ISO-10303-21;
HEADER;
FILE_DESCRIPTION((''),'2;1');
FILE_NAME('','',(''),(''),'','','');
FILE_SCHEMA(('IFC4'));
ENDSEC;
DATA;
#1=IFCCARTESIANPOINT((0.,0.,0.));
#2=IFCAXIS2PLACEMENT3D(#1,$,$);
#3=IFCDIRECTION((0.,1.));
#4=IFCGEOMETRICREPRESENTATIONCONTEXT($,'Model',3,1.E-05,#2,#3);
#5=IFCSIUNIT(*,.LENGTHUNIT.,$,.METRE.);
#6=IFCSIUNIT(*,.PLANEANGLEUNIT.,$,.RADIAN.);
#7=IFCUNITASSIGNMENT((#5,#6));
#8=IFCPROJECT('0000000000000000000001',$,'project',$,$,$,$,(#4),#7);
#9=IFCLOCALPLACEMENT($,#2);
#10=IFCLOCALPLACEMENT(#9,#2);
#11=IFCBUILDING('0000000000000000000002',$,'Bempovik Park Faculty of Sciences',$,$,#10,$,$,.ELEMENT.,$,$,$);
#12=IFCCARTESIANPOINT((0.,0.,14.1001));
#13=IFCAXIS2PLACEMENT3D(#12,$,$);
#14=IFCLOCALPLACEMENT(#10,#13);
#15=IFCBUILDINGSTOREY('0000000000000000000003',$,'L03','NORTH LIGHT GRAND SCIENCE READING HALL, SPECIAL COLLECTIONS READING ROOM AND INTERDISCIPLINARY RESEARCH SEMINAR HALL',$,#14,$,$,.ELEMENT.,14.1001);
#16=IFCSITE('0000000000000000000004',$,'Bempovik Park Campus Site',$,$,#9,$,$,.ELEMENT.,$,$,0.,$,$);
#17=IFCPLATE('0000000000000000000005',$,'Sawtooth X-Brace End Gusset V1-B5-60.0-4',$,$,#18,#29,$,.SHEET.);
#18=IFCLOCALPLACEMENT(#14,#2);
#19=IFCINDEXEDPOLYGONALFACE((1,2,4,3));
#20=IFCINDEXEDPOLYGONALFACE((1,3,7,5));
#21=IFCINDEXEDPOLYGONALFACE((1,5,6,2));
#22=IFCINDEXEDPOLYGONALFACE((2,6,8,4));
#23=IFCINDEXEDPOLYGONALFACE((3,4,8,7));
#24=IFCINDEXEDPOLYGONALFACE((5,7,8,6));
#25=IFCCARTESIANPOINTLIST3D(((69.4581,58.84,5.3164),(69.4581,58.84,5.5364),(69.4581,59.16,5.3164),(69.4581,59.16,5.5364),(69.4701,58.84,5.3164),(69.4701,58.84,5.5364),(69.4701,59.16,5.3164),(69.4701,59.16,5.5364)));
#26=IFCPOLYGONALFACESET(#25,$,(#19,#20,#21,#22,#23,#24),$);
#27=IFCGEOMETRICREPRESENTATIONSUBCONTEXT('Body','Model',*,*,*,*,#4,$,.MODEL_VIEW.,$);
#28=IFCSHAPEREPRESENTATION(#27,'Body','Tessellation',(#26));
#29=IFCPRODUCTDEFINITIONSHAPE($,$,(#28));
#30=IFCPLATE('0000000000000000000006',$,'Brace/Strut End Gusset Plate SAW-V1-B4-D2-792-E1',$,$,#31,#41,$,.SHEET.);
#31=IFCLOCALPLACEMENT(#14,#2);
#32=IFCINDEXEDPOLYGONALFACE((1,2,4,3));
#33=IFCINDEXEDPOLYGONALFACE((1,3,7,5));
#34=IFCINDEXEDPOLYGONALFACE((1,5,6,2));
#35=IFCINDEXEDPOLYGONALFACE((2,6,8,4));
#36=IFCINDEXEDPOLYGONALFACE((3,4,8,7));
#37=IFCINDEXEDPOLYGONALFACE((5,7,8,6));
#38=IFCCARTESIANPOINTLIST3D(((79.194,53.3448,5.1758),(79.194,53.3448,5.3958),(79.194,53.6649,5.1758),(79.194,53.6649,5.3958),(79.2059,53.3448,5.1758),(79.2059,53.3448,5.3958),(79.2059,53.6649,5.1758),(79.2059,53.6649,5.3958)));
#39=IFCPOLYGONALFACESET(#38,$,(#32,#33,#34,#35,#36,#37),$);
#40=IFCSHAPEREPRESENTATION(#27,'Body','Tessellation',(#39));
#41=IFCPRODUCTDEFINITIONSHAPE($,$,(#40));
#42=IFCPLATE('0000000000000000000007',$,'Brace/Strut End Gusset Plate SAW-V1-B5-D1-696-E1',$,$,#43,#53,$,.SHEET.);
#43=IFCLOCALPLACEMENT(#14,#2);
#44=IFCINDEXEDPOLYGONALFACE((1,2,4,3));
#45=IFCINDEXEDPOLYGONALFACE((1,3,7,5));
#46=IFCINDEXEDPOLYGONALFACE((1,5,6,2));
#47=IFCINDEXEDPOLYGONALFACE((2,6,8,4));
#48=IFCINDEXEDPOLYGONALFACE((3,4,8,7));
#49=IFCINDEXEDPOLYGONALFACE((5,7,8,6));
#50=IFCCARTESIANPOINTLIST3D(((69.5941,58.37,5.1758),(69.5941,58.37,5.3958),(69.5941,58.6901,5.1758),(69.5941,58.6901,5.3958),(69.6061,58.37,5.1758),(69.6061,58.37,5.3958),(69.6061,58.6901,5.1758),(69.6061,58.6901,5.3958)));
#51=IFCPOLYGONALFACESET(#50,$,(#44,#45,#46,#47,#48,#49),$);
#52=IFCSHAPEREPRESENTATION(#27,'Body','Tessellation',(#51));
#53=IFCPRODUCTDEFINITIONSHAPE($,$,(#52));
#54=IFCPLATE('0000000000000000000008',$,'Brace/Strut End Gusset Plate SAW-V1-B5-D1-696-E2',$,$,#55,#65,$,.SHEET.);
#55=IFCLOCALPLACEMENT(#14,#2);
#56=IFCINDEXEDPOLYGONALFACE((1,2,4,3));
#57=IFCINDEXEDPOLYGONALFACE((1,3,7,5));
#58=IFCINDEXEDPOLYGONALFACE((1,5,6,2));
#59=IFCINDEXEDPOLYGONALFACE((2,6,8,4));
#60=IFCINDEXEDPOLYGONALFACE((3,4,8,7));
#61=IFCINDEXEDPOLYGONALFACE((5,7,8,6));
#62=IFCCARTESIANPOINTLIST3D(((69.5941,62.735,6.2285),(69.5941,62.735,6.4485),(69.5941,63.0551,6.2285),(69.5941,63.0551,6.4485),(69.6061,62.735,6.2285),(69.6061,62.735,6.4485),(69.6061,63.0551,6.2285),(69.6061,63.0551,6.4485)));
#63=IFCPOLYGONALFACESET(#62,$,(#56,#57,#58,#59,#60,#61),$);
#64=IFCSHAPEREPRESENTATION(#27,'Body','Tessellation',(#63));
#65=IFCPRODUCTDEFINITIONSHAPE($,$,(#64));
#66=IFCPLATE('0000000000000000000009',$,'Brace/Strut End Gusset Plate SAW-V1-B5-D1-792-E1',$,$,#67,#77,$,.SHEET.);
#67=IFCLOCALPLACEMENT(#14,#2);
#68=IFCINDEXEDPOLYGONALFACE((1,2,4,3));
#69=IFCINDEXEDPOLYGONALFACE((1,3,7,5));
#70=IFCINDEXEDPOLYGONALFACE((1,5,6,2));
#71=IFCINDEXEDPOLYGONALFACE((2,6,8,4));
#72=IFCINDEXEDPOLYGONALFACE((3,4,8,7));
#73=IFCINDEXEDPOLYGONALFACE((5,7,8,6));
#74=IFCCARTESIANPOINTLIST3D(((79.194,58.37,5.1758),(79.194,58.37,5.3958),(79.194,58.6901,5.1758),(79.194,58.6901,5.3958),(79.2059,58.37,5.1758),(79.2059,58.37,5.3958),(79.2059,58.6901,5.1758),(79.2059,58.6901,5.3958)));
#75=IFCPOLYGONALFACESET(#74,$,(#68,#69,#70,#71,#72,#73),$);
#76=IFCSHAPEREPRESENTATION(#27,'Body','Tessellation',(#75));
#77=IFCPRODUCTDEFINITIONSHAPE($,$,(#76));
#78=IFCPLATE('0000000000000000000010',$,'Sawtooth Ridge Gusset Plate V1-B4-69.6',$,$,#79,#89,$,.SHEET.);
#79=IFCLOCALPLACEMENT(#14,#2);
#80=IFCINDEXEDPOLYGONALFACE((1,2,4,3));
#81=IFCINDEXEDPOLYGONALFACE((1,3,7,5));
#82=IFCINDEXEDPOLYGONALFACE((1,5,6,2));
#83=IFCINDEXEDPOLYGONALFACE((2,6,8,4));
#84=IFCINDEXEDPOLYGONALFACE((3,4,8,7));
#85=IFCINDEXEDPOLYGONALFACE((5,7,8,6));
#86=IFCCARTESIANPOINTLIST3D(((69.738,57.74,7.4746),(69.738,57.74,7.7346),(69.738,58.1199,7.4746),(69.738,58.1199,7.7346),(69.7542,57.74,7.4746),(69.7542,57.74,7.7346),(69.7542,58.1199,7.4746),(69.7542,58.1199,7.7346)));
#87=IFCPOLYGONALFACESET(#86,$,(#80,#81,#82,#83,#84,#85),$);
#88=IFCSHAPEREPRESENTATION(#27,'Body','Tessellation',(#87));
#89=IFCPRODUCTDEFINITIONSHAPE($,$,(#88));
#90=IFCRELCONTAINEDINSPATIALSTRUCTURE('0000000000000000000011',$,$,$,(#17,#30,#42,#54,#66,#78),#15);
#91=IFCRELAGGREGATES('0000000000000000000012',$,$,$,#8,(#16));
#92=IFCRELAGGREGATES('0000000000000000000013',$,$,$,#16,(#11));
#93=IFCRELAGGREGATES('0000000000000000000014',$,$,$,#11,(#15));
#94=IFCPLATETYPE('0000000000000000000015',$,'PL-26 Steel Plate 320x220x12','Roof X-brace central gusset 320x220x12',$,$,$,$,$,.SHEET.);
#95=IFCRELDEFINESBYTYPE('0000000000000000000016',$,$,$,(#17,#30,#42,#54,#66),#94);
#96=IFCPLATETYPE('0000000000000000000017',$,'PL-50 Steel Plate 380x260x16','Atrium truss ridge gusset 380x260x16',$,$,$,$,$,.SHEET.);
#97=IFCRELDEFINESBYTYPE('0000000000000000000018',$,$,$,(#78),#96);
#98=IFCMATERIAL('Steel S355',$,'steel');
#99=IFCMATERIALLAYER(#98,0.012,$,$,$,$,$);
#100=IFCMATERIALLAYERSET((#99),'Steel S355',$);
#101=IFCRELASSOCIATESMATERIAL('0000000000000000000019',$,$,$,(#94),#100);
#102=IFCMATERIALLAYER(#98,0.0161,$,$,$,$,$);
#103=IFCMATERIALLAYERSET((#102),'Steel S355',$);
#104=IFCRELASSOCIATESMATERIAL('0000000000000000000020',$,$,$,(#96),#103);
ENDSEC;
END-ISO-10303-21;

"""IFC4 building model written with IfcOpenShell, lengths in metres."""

from ifc_helpers import new_model, si_unit, direction, frame, origin, origin_2d, place, context, subcontext, project, spatial, rectangle, extrude, material, layer, layer_set, type_object, element, save


model = new_model("IFC4")

# Units and contexts
model_context = context("Model", 3, precision=1e-05, world=origin(), true_north=direction((0.0, 1.0)))
body_context = subcontext(model_context, "Body", "Model", "MODEL_VIEW")
ifc_project = project(units=[si_unit("LENGTHUNIT", "METRE"), si_unit("PLANEANGLEUNIT", "RADIAN")], contexts=[model_context])

# Site, building, storey
site_placement = place(None, origin())
site = spatial("IfcSite", under=ifc_project, at=site_placement, Name="Bempovik Park Campus Site", CompositionType="ELEMENT", RefElevation=0.0)
building_placement = place(site_placement, origin())
building = spatial("IfcBuilding", under=site, at=building_placement, Name="Bempovik Park Faculty of Sciences", CompositionType="ELEMENT")
storey_placement = place(building_placement, frame((0.0, 0.0, 14.1001)))
storey = spatial("IfcBuildingStorey", under=building, at=storey_placement, Name="L03", Description="NORTH LIGHT GRAND SCIENCE READING HALL, SPECIAL COLLECTIONS READING ROOM AND INTERDISCIPLINARY RESEARCH SEMINAR HALL", CompositionType="ELEMENT", Elevation=14.1001)

# Shared definitions
ifc_material_1 = material(Name="Steel S355", Category="steel")

# Plates
ifc_layer_1 = layer(ifc_material_1, 0.012)
ifc_layer_set_1 = layer_set([ifc_layer_1], Name="Steel S355")
plate_type_1 = type_object("IfcPlateType", Name="PL-26 Steel Plate 320x220x12", Description="Roof X-brace central gusset 320x220x12", PredefinedType="SHEET", material=ifc_layer_set_1)
for number, where, z_axis, x_axis, name in (
    (1, (69.4641, 59.0, 5.3164), (0.0, 0.0, 1.0), (1.0, 0.0, 0.0), "Sawtooth X-Brace End Gusset V1-B5-60.0-4"),
    (2, (79.2, 53.5049, 5.1758), (0.0, 0.0, 1.0), (1.0, 0.0, 0.0), "Brace/Strut End Gusset Plate SAW-V1-B4-D2-792-E1"),
    (3, (69.6001, 58.53, 5.1758), (0.0, 0.0, 1.0), (1.0, 0.0, 0.0), "Brace/Strut End Gusset Plate SAW-V1-B5-D1-696-E1"),
    (4, (69.6001, 62.895, 6.2285), (0.0, 0.0, 1.0), (1.0, 0.0, 0.0), "Brace/Strut End Gusset Plate SAW-V1-B5-D1-696-E2"),
    (5, (79.2, 58.53, 5.1758), (0.0, 0.0, 1.0), (1.0, 0.0, 0.0), "Brace/Strut End Gusset Plate SAW-V1-B5-D1-792-E1"),
):
    element("IfcPlate", number, at=place(storey_placement, frame(where, z_axis=z_axis, x_axis=x_axis)), inside=storey, type_object=plate_type_1, Name=name, PredefinedType="SHEET", context=body_context, shape_type="SweptSolid", body=[
        extrude(rectangle(XDim=0.012, YDim=0.3201, at=origin_2d()), origin(), (0.0, 0.0, 1.0), 0.22),
    ])
ifc_layer_2 = layer(ifc_material_1, 0.0161)
ifc_layer_set_2 = layer_set([ifc_layer_2], Name="Steel S355")
plate_type_2 = type_object("IfcPlateType", Name="PL-50 Steel Plate 380x260x16", Description="Atrium truss ridge gusset 380x260x16", PredefinedType="SHEET", material=ifc_layer_set_2)
plate_1_placement = place(storey_placement, frame((69.7461, 57.9299, 7.4746), z_axis=(0.0, 0.0, 1.0), x_axis=(1.0, 0.0, 0.0)))
element("IfcPlate", 6, at=plate_1_placement, inside=storey, type_object=plate_type_2, Name="Sawtooth Ridge Gusset Plate V1-B4-69.6", PredefinedType="SHEET", context=body_context, shape_type="SweptSolid", body=[
    extrude(rectangle(XDim=0.0161, YDim=0.3799, at=origin_2d()), origin(), (0.0, 0.0, 1.0), 0.26),
])

save(model, "model.ifc")
